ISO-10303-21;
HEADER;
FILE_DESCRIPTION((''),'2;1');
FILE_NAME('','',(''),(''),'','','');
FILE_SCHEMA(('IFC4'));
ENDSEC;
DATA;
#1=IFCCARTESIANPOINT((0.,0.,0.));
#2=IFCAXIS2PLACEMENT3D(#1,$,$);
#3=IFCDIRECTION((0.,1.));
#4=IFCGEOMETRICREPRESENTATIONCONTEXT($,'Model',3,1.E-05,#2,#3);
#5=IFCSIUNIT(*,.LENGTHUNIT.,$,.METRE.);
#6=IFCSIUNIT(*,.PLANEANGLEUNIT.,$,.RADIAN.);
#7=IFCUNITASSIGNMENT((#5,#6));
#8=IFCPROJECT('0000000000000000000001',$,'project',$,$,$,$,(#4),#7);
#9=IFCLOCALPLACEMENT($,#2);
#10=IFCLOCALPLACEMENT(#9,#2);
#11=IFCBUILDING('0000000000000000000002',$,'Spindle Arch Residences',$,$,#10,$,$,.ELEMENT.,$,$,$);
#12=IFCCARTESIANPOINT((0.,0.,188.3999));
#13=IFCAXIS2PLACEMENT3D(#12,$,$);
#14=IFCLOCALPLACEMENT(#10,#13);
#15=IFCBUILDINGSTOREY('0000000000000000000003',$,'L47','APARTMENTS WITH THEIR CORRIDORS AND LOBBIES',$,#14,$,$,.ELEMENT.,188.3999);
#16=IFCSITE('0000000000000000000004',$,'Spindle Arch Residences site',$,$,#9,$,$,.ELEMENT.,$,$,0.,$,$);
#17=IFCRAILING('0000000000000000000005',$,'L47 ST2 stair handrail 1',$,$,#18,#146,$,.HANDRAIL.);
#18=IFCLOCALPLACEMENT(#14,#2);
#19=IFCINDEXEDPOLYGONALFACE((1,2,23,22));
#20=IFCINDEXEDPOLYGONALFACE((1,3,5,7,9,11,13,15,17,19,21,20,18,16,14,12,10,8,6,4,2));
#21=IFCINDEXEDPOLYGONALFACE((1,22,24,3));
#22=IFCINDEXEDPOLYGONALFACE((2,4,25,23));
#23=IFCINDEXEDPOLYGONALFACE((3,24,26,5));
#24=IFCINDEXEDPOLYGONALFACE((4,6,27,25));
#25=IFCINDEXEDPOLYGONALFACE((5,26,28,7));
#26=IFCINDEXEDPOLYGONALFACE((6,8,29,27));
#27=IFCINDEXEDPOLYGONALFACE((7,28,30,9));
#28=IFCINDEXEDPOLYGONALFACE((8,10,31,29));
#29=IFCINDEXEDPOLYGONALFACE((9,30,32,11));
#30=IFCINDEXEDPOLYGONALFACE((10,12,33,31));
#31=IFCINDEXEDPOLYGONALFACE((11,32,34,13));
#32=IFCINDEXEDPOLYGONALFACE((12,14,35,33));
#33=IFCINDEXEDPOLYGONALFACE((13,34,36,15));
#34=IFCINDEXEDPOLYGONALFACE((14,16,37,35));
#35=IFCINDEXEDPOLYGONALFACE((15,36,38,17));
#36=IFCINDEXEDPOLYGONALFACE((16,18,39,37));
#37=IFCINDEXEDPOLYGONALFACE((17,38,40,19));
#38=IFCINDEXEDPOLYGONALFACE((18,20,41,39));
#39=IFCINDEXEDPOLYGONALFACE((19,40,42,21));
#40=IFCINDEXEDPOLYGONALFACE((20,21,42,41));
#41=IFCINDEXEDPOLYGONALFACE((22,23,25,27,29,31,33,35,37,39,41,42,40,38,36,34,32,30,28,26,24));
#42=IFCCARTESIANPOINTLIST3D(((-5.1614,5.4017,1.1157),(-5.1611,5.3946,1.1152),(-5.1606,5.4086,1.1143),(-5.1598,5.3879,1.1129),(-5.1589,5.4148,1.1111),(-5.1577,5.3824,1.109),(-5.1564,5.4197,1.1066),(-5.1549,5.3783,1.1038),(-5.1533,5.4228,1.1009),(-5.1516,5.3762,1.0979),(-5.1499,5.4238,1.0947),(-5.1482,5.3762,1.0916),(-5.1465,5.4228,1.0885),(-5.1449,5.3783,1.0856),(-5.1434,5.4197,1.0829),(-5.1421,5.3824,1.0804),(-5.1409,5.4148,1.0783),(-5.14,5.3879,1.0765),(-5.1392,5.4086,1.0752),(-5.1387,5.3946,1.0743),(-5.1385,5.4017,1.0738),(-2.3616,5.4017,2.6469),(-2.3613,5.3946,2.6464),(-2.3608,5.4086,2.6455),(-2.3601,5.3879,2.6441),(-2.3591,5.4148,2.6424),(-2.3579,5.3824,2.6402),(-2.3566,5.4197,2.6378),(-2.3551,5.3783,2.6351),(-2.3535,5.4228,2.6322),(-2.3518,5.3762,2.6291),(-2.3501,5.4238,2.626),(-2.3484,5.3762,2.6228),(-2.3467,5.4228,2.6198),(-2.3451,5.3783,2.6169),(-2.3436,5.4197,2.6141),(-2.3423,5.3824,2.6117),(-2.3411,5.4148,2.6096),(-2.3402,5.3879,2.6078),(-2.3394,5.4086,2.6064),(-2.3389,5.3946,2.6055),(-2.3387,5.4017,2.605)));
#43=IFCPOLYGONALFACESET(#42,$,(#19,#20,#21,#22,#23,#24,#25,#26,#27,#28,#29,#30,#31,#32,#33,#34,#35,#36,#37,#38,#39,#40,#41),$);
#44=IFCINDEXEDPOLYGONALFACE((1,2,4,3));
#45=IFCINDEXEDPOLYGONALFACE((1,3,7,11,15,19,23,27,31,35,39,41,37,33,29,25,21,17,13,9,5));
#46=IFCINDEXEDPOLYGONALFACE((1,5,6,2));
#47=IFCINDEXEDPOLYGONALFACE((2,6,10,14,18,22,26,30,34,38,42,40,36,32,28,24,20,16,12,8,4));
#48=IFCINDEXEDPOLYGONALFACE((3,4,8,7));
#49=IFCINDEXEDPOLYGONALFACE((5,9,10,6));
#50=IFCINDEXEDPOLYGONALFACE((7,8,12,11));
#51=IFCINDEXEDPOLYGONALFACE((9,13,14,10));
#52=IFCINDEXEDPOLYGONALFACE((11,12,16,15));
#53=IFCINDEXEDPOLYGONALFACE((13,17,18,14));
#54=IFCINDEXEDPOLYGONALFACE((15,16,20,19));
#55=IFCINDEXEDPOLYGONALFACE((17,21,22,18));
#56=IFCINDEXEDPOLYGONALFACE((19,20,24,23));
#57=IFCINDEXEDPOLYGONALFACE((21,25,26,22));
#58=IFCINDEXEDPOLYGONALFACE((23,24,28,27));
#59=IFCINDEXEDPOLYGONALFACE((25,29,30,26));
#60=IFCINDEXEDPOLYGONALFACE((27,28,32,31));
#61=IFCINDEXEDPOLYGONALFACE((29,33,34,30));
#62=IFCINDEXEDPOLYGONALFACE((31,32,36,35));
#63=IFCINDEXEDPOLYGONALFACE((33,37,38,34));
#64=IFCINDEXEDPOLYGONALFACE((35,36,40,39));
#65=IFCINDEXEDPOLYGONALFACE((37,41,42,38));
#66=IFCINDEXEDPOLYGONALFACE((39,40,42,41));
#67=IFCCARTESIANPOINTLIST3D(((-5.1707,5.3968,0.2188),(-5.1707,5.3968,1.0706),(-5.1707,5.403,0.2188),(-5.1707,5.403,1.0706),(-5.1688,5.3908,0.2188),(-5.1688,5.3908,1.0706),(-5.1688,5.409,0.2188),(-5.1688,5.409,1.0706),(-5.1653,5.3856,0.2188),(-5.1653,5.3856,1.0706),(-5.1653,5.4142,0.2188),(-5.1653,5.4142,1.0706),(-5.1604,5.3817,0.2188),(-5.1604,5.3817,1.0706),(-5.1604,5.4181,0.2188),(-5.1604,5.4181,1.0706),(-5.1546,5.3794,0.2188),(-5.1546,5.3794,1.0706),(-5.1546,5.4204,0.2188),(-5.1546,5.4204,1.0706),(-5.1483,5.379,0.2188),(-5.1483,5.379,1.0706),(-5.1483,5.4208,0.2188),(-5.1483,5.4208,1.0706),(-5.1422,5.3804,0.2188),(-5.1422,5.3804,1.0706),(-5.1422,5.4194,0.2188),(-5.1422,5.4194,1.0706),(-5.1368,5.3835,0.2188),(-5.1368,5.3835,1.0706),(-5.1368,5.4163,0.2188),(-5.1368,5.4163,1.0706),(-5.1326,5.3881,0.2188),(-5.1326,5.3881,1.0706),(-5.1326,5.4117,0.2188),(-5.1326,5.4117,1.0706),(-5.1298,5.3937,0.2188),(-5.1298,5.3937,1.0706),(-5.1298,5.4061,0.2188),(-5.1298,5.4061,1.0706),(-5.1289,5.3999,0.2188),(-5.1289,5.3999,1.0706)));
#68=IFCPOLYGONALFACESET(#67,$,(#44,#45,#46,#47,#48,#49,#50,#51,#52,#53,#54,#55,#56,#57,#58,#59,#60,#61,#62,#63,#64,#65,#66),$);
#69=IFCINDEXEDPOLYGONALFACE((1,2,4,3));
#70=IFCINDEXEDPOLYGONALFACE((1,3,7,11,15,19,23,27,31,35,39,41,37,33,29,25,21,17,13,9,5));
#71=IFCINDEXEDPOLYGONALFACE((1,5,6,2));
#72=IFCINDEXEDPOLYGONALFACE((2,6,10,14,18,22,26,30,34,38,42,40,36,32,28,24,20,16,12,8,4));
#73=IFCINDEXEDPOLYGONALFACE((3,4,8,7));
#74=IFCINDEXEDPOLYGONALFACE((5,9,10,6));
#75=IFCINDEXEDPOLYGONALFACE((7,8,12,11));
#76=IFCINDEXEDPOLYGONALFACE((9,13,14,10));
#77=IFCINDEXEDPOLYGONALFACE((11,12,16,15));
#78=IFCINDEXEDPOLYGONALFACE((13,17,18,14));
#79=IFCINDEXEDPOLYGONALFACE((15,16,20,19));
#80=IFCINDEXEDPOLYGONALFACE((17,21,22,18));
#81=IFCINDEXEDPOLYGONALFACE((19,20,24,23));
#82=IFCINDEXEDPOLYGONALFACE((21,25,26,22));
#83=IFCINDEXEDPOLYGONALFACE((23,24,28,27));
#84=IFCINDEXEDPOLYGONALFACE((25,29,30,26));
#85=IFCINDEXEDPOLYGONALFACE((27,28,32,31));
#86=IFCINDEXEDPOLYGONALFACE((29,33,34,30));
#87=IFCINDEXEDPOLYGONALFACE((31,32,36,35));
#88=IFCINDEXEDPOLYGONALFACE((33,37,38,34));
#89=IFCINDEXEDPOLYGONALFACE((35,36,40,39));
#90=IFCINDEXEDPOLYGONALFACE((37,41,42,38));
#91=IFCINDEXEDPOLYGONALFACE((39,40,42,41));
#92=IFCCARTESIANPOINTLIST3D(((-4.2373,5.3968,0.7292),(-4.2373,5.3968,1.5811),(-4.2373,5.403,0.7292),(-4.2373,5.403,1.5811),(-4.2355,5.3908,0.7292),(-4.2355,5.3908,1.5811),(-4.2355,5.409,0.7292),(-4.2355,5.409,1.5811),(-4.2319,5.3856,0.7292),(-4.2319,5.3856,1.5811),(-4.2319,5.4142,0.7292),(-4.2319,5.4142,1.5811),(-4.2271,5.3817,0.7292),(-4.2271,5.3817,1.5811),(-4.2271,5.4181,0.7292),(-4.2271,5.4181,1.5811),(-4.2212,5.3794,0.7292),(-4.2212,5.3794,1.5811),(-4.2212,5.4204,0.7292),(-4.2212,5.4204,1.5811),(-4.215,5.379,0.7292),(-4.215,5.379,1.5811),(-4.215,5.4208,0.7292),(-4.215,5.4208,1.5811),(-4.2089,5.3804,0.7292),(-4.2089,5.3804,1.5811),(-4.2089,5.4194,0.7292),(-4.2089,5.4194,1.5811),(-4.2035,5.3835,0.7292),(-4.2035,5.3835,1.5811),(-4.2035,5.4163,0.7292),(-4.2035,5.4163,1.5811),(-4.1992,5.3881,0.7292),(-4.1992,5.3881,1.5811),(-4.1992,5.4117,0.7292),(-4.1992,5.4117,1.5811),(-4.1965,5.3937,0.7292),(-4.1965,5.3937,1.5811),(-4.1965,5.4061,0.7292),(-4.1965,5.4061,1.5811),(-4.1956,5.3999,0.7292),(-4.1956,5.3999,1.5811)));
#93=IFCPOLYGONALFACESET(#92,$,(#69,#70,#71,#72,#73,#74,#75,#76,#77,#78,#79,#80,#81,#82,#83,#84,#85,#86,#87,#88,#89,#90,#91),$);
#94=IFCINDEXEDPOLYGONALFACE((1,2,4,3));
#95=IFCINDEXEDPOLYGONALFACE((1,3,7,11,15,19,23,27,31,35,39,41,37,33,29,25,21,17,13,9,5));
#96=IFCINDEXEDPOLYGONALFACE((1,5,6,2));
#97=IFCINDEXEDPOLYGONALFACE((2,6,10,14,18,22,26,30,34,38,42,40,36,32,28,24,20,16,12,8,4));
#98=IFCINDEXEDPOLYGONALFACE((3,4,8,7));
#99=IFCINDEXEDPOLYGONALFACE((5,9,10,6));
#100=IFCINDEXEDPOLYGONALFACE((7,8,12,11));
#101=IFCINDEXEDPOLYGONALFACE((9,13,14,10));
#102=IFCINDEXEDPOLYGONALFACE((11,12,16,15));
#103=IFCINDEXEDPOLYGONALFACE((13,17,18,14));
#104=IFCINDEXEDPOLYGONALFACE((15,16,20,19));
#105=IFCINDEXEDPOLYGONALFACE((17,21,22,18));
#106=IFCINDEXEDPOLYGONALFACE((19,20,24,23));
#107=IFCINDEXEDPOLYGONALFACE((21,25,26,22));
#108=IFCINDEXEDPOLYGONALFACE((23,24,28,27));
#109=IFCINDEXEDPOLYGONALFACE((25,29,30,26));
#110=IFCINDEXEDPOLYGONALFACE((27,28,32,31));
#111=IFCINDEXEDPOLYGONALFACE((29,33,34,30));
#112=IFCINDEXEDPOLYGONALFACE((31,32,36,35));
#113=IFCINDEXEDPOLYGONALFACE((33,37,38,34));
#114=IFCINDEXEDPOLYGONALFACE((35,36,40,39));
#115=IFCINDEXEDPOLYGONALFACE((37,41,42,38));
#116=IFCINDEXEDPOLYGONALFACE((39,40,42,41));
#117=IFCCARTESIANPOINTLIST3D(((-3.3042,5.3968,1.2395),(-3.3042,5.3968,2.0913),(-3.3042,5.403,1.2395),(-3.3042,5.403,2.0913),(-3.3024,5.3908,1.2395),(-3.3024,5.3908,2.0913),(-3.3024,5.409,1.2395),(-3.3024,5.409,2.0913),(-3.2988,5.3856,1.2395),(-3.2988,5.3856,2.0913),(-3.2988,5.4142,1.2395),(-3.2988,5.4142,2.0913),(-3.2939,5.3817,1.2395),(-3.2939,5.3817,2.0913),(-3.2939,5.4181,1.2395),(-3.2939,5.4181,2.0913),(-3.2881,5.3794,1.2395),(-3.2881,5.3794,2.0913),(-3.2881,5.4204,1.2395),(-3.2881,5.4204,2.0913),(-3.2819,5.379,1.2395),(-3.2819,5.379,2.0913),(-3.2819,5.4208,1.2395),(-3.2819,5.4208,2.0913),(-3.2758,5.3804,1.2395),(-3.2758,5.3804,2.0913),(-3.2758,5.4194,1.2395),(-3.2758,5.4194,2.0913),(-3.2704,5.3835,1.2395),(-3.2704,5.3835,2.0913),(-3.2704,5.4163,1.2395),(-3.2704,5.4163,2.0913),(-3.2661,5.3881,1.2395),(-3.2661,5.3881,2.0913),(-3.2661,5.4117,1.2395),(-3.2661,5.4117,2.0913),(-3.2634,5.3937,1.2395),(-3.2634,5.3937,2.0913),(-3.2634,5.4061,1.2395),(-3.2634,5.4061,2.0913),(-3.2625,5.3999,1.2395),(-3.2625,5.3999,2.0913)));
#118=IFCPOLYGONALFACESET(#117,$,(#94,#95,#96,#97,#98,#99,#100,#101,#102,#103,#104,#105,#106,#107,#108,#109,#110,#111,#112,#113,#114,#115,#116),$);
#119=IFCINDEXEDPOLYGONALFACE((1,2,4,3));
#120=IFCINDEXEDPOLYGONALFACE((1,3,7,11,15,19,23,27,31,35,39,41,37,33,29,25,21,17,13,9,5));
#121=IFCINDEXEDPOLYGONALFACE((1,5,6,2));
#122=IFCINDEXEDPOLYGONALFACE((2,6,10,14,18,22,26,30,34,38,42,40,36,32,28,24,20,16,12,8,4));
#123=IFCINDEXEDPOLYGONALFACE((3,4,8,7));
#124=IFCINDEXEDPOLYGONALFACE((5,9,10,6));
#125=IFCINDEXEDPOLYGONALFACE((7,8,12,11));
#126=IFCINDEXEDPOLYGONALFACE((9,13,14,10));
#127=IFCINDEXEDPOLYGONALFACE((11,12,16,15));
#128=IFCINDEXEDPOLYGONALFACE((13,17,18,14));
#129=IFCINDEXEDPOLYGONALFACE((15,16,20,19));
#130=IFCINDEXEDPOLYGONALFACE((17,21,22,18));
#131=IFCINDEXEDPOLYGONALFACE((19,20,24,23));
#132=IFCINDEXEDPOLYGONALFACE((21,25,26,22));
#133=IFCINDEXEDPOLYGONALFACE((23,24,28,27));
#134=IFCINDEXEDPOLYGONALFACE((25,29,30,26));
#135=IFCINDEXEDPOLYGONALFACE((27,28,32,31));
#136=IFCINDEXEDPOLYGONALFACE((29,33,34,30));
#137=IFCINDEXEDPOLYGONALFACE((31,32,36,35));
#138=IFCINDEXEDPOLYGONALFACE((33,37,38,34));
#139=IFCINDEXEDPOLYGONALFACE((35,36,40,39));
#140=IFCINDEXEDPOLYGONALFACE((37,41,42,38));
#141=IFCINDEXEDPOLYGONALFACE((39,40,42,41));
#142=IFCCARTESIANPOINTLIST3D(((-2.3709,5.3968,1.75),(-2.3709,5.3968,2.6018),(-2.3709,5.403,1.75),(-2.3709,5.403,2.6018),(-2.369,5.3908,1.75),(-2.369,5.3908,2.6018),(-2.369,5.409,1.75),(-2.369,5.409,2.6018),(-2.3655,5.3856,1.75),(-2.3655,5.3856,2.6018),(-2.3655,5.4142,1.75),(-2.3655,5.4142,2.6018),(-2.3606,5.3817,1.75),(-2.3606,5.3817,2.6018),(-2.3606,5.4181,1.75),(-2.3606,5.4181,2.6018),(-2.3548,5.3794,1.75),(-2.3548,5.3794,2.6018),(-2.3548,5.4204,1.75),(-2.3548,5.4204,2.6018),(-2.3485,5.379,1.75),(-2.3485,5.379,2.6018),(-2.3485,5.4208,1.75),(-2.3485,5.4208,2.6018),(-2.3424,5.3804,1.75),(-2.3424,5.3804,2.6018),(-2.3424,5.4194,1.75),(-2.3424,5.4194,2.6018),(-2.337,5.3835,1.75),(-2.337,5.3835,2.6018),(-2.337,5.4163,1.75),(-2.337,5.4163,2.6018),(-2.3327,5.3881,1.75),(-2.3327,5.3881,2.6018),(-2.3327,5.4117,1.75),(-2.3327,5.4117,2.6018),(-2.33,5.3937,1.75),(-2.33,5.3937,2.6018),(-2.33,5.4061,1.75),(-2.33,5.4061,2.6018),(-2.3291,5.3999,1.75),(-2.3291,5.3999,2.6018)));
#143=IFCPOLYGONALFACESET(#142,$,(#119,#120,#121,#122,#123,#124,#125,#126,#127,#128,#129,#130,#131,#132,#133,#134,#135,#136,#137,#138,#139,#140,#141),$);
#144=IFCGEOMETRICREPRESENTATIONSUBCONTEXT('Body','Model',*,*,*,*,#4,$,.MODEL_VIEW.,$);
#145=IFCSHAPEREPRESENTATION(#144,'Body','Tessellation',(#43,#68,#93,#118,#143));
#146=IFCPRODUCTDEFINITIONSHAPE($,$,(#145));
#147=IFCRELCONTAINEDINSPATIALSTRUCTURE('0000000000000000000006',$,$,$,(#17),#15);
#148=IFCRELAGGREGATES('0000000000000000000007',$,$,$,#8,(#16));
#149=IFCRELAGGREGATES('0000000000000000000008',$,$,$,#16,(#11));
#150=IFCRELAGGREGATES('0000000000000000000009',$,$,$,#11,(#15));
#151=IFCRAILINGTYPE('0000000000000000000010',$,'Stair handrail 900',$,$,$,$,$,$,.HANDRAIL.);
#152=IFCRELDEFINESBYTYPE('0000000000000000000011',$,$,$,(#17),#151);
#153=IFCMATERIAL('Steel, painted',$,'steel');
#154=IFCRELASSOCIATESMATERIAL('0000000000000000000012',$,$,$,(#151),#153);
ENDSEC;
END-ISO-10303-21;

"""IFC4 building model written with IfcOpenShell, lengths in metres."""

from ifc_helpers import new_model, si_unit, direction, frame, origin, origin_2d, place, context, subcontext, project, spatial, circle, extrude, material, type_object, element, save


model = new_model("IFC4")

# Units and contexts
model_context = context("Model", 3, precision=1e-05, world=origin(), true_north=direction((0.0, 1.0)))
body_context = subcontext(model_context, "Body", "Model", "MODEL_VIEW")
ifc_project = project(units=[si_unit("LENGTHUNIT", "METRE"), si_unit("PLANEANGLEUNIT", "RADIAN")], contexts=[model_context])

# Site, building, storey
site_placement = place(None, origin())
site = spatial("IfcSite", under=ifc_project, at=site_placement, Name="Spindle Arch Residences site", CompositionType="ELEMENT", RefElevation=0.0)
building_placement = place(site_placement, origin())
building = spatial("IfcBuilding", under=site, at=building_placement, Name="Spindle Arch Residences", CompositionType="ELEMENT")
storey_placement = place(building_placement, frame((0.0, 0.0, 188.3999)))
storey = spatial("IfcBuildingStorey", under=building, at=storey_placement, Name="L47", Description="APARTMENTS WITH THEIR CORRIDORS AND LOBBIES", CompositionType="ELEMENT", Elevation=188.3999)

# Railing
ifc_material_1 = material(Name="Steel, painted", Category="steel")
railing_type_1 = type_object("IfcRailingType", Name="Stair handrail 900", PredefinedType="HANDRAIL", material=ifc_material_1)
railing_1_placement = place(storey_placement, frame((-5.1499, 5.3999, 0.2188)))
element("IfcRailing", 1, at=railing_1_placement, inside=storey, type_object=railing_type_1, Name="L47 ST2 stair handrail 1", PredefinedType="HANDRAIL", context=body_context, shape_type="SweptSolid", body=[
    extrude(circle(Radius=0.0239, at=origin_2d()), frame((0.0, 0.0, 0.876), z_axis=(0.877357, 0.0, 0.479838), x_axis=(0.0, 1.0, 0.0)), (0.0, 0.0, 1.0), 3.1912),
    extrude(circle(Radius=0.021, at=origin_2d()), origin(), (0.0, 0.0, 1.0), 0.8518),
    extrude(circle(Radius=0.021, at=origin_2d()), frame((0.9333, 0.0, 0.5105)), (0.0, 0.0, 1.0), 0.8518),
    extrude(circle(Radius=0.021, at=origin_2d()), frame((1.8665, 0.0, 1.0208)), (0.0, 0.0, 1.0), 0.8518),
    extrude(circle(Radius=0.021, at=origin_2d()), frame((2.7998, 0.0, 1.5312)), (0.0, 0.0, 1.0), 0.8518),
])

save(model, "model.ifc")
